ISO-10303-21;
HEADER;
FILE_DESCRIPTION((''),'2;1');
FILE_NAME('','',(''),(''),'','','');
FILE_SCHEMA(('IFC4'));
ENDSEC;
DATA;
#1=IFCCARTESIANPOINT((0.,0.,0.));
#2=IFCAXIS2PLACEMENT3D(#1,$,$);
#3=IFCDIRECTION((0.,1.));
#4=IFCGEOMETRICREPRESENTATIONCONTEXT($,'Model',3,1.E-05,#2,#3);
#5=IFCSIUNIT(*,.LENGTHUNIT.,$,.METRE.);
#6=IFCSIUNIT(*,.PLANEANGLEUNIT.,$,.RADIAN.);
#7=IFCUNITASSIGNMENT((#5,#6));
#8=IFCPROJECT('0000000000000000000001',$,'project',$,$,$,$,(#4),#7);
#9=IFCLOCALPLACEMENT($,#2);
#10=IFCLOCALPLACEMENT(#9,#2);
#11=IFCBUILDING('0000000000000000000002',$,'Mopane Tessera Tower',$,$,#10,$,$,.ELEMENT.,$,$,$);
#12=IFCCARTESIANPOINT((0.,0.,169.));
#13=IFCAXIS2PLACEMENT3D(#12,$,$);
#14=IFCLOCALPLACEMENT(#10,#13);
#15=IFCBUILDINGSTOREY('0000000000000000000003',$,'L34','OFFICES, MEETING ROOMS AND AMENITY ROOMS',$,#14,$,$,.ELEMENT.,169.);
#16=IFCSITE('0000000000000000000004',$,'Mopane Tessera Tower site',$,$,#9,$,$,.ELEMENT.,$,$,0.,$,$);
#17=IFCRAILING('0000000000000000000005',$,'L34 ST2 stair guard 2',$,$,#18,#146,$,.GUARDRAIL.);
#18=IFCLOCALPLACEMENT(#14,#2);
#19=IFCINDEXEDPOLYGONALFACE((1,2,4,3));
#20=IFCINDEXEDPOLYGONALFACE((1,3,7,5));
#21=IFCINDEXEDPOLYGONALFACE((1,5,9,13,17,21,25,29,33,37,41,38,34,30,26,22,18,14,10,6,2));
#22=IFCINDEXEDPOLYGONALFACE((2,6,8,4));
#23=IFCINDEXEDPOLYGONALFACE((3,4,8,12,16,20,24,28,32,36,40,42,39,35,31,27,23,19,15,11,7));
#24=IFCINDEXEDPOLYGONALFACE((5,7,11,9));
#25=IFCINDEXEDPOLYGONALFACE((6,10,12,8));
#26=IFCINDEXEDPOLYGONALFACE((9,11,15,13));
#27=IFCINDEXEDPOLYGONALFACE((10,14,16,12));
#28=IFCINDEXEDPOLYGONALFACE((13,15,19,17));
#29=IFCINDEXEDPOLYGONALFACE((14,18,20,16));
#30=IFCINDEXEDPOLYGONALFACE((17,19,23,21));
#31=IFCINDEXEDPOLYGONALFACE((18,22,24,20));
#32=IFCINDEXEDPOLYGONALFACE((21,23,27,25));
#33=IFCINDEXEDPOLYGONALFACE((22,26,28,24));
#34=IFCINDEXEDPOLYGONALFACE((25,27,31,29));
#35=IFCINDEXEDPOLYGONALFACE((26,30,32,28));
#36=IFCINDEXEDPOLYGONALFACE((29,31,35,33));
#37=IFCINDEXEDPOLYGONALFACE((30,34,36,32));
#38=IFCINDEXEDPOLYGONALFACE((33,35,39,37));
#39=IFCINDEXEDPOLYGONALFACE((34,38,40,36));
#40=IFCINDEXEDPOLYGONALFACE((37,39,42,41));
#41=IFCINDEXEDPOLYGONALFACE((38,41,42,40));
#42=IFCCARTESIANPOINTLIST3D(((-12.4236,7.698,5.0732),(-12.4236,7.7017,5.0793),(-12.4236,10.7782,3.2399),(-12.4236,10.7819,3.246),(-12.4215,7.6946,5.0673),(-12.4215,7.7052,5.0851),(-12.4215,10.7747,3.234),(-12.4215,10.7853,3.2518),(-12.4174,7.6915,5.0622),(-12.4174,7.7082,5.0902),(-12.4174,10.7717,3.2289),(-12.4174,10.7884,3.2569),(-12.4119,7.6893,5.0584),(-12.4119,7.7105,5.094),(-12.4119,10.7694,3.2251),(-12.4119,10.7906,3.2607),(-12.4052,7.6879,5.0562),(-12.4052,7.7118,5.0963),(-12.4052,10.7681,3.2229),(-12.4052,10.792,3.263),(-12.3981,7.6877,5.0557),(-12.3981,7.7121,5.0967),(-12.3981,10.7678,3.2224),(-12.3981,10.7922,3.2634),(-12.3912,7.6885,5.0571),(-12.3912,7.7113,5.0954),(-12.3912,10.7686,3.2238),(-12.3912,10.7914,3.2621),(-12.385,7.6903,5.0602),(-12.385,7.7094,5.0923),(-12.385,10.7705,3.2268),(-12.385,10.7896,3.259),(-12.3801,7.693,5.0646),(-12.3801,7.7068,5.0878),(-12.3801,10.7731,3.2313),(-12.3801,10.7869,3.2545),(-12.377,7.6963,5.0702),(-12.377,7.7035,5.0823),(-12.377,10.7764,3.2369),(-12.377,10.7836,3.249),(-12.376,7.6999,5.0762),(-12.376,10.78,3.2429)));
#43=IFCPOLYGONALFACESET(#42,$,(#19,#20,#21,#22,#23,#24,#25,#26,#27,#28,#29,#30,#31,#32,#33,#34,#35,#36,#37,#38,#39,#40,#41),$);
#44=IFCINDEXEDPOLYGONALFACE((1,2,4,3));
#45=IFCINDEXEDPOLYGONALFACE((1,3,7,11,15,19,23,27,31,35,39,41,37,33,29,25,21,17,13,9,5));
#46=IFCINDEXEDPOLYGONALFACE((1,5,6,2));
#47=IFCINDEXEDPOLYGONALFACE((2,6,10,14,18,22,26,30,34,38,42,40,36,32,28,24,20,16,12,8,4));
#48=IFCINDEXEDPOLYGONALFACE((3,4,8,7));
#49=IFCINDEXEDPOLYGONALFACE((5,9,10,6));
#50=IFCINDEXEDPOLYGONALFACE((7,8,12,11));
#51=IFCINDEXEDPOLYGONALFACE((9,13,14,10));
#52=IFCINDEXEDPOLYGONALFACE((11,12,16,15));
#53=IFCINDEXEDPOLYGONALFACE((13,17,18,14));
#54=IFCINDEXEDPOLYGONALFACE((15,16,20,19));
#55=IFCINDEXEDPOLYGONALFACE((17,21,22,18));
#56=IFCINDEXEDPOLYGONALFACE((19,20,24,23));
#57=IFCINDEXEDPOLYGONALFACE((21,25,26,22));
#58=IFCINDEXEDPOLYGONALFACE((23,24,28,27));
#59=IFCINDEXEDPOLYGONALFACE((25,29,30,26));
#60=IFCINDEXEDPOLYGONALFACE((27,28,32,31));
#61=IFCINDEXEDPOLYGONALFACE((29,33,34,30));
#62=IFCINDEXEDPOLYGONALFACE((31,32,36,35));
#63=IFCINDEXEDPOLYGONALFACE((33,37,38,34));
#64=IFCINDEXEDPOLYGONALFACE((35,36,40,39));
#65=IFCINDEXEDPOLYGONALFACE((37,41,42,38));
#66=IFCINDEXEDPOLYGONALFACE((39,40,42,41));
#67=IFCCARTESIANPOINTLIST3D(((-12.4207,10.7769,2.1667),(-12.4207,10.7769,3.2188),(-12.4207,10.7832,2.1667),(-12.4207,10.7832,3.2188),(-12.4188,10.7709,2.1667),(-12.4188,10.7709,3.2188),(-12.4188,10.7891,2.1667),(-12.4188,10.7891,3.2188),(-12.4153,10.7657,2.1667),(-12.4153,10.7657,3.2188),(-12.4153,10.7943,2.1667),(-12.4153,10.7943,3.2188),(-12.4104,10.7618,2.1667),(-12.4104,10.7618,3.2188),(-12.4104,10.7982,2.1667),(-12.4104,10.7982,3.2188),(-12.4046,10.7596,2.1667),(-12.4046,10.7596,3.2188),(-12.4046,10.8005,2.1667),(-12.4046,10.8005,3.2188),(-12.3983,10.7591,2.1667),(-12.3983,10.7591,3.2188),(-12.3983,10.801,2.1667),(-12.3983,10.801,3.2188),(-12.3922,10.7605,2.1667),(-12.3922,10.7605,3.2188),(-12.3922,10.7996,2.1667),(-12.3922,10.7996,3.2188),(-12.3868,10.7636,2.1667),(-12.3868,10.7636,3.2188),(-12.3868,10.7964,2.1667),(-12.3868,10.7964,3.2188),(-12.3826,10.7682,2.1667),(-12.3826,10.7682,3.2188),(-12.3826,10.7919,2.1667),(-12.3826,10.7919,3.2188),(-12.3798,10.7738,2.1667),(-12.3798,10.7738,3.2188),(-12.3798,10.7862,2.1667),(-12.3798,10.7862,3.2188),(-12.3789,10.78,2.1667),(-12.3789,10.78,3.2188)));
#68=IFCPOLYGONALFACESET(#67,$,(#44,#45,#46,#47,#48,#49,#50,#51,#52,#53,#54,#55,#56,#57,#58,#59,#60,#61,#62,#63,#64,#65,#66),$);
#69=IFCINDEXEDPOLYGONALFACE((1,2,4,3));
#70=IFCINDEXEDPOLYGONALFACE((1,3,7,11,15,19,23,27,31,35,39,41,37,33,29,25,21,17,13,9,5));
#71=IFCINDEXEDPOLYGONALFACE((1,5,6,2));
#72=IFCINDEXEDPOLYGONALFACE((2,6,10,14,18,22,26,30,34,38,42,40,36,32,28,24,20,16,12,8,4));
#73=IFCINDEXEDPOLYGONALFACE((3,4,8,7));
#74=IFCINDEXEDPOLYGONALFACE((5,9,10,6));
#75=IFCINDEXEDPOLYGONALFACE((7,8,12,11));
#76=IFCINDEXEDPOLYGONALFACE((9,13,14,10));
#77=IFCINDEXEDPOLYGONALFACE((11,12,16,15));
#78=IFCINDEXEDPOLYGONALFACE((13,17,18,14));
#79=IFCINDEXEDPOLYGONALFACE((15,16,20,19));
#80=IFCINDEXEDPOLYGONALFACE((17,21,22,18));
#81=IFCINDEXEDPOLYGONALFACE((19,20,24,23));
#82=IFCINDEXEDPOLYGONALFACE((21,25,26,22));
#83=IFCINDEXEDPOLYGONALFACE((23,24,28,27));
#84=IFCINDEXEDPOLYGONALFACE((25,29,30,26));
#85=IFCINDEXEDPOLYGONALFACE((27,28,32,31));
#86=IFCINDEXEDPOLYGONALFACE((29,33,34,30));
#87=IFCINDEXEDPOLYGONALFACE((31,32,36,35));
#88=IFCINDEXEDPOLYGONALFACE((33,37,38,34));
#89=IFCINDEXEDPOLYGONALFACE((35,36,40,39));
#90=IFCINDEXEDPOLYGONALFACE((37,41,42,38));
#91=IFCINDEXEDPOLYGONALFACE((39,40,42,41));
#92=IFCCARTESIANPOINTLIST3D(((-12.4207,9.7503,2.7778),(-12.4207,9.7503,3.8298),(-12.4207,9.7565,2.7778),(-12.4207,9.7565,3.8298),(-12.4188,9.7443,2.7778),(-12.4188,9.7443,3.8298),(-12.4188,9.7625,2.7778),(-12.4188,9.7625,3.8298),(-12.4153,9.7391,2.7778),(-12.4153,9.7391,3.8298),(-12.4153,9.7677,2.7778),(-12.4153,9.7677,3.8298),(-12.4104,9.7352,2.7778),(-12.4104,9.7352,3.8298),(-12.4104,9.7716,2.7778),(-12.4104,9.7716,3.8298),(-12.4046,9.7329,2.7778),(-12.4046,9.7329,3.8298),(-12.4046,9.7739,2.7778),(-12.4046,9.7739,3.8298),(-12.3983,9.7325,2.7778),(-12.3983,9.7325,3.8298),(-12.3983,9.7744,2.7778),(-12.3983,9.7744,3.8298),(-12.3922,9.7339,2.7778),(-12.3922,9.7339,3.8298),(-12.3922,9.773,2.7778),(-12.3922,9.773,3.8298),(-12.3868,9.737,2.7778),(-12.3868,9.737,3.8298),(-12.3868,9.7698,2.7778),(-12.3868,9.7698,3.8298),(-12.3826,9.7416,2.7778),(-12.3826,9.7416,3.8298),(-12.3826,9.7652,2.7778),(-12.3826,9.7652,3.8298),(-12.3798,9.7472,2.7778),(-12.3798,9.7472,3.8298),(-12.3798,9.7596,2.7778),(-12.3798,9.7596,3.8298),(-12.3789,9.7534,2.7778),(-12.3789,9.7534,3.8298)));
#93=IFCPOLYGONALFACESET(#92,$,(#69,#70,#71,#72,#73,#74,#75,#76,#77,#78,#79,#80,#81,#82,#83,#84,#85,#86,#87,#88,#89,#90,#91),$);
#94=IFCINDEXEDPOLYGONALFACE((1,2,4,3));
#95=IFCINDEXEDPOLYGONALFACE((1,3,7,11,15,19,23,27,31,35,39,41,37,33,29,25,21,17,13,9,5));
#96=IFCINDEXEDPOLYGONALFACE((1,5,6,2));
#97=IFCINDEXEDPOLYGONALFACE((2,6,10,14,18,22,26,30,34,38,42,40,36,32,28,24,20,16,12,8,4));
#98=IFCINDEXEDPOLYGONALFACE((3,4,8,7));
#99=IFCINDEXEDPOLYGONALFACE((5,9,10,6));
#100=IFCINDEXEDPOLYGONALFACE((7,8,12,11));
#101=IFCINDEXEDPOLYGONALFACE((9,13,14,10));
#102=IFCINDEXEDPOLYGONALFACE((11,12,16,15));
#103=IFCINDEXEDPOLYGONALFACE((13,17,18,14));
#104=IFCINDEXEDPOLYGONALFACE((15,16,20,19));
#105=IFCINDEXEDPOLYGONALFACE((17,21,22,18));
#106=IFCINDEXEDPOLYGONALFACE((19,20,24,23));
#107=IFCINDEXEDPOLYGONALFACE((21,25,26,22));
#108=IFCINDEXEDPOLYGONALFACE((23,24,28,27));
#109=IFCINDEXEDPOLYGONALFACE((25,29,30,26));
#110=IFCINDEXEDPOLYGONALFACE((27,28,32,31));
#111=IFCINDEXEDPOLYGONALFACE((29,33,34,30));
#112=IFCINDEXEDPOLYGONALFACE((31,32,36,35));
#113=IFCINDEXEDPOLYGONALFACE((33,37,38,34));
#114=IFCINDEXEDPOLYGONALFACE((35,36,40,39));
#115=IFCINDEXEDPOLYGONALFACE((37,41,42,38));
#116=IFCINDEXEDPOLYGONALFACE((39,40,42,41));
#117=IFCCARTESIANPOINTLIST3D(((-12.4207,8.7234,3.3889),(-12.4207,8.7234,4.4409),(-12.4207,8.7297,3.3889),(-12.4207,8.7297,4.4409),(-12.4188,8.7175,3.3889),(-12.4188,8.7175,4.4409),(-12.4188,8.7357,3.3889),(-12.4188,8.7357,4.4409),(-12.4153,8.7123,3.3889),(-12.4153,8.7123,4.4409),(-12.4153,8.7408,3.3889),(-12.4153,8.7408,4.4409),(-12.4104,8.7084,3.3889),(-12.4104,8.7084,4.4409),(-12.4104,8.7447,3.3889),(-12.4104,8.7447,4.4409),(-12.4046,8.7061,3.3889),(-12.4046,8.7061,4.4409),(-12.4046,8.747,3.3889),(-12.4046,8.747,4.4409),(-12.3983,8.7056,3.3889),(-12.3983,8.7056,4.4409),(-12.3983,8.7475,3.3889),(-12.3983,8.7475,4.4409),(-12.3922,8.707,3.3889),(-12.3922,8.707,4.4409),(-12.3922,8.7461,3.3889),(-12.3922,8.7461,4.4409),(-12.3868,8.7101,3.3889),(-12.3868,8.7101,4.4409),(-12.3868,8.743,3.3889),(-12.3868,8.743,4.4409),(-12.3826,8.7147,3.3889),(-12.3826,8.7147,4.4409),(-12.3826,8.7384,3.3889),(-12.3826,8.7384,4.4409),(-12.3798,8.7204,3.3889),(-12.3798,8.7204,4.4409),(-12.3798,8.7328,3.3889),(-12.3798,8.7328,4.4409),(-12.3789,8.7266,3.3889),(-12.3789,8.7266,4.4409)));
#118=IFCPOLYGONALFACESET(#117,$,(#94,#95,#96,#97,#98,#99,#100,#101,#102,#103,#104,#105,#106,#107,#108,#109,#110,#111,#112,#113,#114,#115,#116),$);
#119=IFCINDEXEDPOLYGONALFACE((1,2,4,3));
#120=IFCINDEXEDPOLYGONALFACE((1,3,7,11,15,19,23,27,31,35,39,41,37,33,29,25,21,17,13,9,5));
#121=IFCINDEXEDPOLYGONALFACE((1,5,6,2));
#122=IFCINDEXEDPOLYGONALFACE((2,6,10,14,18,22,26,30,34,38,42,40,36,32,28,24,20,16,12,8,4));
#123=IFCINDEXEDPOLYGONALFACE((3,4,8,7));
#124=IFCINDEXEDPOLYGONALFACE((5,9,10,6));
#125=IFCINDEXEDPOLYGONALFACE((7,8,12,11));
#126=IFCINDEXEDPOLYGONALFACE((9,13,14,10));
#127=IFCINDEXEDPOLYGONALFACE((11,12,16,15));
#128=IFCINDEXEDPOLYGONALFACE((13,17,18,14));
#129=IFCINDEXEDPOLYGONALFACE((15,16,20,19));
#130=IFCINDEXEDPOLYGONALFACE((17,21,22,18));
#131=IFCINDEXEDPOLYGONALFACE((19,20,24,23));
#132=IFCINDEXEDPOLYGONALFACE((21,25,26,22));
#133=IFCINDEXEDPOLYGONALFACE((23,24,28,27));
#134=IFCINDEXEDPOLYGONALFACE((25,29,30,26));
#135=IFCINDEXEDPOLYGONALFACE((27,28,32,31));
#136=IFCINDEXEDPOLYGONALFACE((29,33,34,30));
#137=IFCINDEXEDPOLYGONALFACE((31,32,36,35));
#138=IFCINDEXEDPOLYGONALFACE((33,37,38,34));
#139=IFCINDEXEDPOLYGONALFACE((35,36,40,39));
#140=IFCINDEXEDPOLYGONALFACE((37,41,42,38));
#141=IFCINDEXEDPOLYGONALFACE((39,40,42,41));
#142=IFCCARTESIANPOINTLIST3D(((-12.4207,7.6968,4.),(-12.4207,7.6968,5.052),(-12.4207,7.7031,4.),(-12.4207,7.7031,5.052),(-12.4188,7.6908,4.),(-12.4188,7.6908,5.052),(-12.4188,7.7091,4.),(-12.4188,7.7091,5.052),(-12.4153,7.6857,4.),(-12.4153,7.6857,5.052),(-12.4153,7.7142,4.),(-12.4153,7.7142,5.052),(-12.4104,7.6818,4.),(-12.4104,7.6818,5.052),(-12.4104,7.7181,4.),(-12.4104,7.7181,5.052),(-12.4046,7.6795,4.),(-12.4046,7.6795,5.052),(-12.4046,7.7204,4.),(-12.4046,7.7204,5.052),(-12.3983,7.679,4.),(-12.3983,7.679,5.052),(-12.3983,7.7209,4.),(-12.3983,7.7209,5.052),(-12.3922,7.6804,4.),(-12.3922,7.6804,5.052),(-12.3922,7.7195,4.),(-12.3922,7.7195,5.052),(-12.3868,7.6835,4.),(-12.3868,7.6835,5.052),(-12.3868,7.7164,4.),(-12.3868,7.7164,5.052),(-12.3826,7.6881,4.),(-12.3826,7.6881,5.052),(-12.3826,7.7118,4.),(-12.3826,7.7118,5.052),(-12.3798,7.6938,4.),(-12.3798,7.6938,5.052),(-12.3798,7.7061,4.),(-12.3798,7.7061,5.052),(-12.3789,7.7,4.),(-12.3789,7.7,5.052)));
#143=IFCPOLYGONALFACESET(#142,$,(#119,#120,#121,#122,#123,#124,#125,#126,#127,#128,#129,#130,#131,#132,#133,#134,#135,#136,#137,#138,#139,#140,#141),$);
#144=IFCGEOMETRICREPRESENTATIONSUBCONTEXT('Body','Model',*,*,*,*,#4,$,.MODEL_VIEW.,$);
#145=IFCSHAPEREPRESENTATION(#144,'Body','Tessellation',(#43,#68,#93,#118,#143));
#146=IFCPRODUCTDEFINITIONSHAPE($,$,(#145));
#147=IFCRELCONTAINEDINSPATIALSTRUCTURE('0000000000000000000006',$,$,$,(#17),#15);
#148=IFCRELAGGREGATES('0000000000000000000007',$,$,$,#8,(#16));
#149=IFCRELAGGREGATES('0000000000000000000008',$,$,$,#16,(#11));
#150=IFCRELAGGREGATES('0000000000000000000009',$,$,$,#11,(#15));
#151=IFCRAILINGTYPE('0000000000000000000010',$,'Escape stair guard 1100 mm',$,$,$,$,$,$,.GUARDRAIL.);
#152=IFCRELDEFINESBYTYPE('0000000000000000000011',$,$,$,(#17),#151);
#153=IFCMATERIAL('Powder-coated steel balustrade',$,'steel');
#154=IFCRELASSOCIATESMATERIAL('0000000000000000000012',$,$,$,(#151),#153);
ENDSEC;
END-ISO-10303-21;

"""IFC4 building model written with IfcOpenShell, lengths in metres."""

from ifc_helpers import new_model, si_unit, direction, frame, origin, origin_2d, place, context, subcontext, project, spatial, circle, extrude, material, type_object, element, save


model = new_model("IFC4")

# Units and contexts
model_context = context("Model", 3, precision=1e-05, world=origin(), true_north=direction((0.0, 1.0)))
body_context = subcontext(model_context, "Body", "Model", "MODEL_VIEW")
ifc_project = project(units=[si_unit("LENGTHUNIT", "METRE"), si_unit("PLANEANGLEUNIT", "RADIAN")], contexts=[model_context])

# Site, building, storey
site_placement = place(None, origin())
site = spatial("IfcSite", under=ifc_project, at=site_placement, Name="Mopane Tessera Tower site", CompositionType="ELEMENT", RefElevation=0.0)
building_placement = place(site_placement, origin())
building = spatial("IfcBuilding", under=site, at=building_placement, Name="Mopane Tessera Tower", CompositionType="ELEMENT")
storey_placement = place(building_placement, frame((0.0, 0.0, 169.0)))
storey = spatial("IfcBuildingStorey", under=building, at=storey_placement, Name="L34", Description="OFFICES, MEETING ROOMS AND AMENITY ROOMS", CompositionType="ELEMENT", Elevation=169.0)

# Railing
ifc_material_1 = material(Name="Powder-coated steel balustrade", Category="steel")
railing_type = type_object("IfcRailingType", Name="Escape stair guard 1100 mm", PredefinedType="GUARDRAIL", material=ifc_material_1)
railing_placement = place(storey_placement, frame((-12.3999, 10.78, 2.1667)))
element("IfcRailing", 1, at=railing_placement, inside=storey, type_object=railing_type, Name="L34 ST2 stair guard 2", PredefinedType="GUARDRAIL", context=body_context, shape_type="SweptSolid", body=[
    extrude(circle(Radius=0.0239, at=origin_2d()), frame((0.0, 0.0, 1.0762), z_axis=(0.0, -0.859309, 0.511458), x_axis=(1.0, 0.0, 0.0)), (0.0, 0.0, 1.0), 3.5845),
    extrude(circle(Radius=0.021, at=origin_2d()), origin(), (0.0, 0.0, 1.0), 1.052),
    extrude(circle(Radius=0.021, at=origin_2d()), frame((0.0, -1.0266, 0.6111)), (0.0, 0.0, 1.0), 1.052),
    extrude(circle(Radius=0.021, at=origin_2d()), frame((0.0, -2.0535, 1.2222)), (0.0, 0.0, 1.0), 1.052),
    extrude(circle(Radius=0.021, at=origin_2d()), frame((0.0, -3.0801, 1.8333)), (0.0, 0.0, 1.0), 1.052),
])

save(model, "model.ifc")
